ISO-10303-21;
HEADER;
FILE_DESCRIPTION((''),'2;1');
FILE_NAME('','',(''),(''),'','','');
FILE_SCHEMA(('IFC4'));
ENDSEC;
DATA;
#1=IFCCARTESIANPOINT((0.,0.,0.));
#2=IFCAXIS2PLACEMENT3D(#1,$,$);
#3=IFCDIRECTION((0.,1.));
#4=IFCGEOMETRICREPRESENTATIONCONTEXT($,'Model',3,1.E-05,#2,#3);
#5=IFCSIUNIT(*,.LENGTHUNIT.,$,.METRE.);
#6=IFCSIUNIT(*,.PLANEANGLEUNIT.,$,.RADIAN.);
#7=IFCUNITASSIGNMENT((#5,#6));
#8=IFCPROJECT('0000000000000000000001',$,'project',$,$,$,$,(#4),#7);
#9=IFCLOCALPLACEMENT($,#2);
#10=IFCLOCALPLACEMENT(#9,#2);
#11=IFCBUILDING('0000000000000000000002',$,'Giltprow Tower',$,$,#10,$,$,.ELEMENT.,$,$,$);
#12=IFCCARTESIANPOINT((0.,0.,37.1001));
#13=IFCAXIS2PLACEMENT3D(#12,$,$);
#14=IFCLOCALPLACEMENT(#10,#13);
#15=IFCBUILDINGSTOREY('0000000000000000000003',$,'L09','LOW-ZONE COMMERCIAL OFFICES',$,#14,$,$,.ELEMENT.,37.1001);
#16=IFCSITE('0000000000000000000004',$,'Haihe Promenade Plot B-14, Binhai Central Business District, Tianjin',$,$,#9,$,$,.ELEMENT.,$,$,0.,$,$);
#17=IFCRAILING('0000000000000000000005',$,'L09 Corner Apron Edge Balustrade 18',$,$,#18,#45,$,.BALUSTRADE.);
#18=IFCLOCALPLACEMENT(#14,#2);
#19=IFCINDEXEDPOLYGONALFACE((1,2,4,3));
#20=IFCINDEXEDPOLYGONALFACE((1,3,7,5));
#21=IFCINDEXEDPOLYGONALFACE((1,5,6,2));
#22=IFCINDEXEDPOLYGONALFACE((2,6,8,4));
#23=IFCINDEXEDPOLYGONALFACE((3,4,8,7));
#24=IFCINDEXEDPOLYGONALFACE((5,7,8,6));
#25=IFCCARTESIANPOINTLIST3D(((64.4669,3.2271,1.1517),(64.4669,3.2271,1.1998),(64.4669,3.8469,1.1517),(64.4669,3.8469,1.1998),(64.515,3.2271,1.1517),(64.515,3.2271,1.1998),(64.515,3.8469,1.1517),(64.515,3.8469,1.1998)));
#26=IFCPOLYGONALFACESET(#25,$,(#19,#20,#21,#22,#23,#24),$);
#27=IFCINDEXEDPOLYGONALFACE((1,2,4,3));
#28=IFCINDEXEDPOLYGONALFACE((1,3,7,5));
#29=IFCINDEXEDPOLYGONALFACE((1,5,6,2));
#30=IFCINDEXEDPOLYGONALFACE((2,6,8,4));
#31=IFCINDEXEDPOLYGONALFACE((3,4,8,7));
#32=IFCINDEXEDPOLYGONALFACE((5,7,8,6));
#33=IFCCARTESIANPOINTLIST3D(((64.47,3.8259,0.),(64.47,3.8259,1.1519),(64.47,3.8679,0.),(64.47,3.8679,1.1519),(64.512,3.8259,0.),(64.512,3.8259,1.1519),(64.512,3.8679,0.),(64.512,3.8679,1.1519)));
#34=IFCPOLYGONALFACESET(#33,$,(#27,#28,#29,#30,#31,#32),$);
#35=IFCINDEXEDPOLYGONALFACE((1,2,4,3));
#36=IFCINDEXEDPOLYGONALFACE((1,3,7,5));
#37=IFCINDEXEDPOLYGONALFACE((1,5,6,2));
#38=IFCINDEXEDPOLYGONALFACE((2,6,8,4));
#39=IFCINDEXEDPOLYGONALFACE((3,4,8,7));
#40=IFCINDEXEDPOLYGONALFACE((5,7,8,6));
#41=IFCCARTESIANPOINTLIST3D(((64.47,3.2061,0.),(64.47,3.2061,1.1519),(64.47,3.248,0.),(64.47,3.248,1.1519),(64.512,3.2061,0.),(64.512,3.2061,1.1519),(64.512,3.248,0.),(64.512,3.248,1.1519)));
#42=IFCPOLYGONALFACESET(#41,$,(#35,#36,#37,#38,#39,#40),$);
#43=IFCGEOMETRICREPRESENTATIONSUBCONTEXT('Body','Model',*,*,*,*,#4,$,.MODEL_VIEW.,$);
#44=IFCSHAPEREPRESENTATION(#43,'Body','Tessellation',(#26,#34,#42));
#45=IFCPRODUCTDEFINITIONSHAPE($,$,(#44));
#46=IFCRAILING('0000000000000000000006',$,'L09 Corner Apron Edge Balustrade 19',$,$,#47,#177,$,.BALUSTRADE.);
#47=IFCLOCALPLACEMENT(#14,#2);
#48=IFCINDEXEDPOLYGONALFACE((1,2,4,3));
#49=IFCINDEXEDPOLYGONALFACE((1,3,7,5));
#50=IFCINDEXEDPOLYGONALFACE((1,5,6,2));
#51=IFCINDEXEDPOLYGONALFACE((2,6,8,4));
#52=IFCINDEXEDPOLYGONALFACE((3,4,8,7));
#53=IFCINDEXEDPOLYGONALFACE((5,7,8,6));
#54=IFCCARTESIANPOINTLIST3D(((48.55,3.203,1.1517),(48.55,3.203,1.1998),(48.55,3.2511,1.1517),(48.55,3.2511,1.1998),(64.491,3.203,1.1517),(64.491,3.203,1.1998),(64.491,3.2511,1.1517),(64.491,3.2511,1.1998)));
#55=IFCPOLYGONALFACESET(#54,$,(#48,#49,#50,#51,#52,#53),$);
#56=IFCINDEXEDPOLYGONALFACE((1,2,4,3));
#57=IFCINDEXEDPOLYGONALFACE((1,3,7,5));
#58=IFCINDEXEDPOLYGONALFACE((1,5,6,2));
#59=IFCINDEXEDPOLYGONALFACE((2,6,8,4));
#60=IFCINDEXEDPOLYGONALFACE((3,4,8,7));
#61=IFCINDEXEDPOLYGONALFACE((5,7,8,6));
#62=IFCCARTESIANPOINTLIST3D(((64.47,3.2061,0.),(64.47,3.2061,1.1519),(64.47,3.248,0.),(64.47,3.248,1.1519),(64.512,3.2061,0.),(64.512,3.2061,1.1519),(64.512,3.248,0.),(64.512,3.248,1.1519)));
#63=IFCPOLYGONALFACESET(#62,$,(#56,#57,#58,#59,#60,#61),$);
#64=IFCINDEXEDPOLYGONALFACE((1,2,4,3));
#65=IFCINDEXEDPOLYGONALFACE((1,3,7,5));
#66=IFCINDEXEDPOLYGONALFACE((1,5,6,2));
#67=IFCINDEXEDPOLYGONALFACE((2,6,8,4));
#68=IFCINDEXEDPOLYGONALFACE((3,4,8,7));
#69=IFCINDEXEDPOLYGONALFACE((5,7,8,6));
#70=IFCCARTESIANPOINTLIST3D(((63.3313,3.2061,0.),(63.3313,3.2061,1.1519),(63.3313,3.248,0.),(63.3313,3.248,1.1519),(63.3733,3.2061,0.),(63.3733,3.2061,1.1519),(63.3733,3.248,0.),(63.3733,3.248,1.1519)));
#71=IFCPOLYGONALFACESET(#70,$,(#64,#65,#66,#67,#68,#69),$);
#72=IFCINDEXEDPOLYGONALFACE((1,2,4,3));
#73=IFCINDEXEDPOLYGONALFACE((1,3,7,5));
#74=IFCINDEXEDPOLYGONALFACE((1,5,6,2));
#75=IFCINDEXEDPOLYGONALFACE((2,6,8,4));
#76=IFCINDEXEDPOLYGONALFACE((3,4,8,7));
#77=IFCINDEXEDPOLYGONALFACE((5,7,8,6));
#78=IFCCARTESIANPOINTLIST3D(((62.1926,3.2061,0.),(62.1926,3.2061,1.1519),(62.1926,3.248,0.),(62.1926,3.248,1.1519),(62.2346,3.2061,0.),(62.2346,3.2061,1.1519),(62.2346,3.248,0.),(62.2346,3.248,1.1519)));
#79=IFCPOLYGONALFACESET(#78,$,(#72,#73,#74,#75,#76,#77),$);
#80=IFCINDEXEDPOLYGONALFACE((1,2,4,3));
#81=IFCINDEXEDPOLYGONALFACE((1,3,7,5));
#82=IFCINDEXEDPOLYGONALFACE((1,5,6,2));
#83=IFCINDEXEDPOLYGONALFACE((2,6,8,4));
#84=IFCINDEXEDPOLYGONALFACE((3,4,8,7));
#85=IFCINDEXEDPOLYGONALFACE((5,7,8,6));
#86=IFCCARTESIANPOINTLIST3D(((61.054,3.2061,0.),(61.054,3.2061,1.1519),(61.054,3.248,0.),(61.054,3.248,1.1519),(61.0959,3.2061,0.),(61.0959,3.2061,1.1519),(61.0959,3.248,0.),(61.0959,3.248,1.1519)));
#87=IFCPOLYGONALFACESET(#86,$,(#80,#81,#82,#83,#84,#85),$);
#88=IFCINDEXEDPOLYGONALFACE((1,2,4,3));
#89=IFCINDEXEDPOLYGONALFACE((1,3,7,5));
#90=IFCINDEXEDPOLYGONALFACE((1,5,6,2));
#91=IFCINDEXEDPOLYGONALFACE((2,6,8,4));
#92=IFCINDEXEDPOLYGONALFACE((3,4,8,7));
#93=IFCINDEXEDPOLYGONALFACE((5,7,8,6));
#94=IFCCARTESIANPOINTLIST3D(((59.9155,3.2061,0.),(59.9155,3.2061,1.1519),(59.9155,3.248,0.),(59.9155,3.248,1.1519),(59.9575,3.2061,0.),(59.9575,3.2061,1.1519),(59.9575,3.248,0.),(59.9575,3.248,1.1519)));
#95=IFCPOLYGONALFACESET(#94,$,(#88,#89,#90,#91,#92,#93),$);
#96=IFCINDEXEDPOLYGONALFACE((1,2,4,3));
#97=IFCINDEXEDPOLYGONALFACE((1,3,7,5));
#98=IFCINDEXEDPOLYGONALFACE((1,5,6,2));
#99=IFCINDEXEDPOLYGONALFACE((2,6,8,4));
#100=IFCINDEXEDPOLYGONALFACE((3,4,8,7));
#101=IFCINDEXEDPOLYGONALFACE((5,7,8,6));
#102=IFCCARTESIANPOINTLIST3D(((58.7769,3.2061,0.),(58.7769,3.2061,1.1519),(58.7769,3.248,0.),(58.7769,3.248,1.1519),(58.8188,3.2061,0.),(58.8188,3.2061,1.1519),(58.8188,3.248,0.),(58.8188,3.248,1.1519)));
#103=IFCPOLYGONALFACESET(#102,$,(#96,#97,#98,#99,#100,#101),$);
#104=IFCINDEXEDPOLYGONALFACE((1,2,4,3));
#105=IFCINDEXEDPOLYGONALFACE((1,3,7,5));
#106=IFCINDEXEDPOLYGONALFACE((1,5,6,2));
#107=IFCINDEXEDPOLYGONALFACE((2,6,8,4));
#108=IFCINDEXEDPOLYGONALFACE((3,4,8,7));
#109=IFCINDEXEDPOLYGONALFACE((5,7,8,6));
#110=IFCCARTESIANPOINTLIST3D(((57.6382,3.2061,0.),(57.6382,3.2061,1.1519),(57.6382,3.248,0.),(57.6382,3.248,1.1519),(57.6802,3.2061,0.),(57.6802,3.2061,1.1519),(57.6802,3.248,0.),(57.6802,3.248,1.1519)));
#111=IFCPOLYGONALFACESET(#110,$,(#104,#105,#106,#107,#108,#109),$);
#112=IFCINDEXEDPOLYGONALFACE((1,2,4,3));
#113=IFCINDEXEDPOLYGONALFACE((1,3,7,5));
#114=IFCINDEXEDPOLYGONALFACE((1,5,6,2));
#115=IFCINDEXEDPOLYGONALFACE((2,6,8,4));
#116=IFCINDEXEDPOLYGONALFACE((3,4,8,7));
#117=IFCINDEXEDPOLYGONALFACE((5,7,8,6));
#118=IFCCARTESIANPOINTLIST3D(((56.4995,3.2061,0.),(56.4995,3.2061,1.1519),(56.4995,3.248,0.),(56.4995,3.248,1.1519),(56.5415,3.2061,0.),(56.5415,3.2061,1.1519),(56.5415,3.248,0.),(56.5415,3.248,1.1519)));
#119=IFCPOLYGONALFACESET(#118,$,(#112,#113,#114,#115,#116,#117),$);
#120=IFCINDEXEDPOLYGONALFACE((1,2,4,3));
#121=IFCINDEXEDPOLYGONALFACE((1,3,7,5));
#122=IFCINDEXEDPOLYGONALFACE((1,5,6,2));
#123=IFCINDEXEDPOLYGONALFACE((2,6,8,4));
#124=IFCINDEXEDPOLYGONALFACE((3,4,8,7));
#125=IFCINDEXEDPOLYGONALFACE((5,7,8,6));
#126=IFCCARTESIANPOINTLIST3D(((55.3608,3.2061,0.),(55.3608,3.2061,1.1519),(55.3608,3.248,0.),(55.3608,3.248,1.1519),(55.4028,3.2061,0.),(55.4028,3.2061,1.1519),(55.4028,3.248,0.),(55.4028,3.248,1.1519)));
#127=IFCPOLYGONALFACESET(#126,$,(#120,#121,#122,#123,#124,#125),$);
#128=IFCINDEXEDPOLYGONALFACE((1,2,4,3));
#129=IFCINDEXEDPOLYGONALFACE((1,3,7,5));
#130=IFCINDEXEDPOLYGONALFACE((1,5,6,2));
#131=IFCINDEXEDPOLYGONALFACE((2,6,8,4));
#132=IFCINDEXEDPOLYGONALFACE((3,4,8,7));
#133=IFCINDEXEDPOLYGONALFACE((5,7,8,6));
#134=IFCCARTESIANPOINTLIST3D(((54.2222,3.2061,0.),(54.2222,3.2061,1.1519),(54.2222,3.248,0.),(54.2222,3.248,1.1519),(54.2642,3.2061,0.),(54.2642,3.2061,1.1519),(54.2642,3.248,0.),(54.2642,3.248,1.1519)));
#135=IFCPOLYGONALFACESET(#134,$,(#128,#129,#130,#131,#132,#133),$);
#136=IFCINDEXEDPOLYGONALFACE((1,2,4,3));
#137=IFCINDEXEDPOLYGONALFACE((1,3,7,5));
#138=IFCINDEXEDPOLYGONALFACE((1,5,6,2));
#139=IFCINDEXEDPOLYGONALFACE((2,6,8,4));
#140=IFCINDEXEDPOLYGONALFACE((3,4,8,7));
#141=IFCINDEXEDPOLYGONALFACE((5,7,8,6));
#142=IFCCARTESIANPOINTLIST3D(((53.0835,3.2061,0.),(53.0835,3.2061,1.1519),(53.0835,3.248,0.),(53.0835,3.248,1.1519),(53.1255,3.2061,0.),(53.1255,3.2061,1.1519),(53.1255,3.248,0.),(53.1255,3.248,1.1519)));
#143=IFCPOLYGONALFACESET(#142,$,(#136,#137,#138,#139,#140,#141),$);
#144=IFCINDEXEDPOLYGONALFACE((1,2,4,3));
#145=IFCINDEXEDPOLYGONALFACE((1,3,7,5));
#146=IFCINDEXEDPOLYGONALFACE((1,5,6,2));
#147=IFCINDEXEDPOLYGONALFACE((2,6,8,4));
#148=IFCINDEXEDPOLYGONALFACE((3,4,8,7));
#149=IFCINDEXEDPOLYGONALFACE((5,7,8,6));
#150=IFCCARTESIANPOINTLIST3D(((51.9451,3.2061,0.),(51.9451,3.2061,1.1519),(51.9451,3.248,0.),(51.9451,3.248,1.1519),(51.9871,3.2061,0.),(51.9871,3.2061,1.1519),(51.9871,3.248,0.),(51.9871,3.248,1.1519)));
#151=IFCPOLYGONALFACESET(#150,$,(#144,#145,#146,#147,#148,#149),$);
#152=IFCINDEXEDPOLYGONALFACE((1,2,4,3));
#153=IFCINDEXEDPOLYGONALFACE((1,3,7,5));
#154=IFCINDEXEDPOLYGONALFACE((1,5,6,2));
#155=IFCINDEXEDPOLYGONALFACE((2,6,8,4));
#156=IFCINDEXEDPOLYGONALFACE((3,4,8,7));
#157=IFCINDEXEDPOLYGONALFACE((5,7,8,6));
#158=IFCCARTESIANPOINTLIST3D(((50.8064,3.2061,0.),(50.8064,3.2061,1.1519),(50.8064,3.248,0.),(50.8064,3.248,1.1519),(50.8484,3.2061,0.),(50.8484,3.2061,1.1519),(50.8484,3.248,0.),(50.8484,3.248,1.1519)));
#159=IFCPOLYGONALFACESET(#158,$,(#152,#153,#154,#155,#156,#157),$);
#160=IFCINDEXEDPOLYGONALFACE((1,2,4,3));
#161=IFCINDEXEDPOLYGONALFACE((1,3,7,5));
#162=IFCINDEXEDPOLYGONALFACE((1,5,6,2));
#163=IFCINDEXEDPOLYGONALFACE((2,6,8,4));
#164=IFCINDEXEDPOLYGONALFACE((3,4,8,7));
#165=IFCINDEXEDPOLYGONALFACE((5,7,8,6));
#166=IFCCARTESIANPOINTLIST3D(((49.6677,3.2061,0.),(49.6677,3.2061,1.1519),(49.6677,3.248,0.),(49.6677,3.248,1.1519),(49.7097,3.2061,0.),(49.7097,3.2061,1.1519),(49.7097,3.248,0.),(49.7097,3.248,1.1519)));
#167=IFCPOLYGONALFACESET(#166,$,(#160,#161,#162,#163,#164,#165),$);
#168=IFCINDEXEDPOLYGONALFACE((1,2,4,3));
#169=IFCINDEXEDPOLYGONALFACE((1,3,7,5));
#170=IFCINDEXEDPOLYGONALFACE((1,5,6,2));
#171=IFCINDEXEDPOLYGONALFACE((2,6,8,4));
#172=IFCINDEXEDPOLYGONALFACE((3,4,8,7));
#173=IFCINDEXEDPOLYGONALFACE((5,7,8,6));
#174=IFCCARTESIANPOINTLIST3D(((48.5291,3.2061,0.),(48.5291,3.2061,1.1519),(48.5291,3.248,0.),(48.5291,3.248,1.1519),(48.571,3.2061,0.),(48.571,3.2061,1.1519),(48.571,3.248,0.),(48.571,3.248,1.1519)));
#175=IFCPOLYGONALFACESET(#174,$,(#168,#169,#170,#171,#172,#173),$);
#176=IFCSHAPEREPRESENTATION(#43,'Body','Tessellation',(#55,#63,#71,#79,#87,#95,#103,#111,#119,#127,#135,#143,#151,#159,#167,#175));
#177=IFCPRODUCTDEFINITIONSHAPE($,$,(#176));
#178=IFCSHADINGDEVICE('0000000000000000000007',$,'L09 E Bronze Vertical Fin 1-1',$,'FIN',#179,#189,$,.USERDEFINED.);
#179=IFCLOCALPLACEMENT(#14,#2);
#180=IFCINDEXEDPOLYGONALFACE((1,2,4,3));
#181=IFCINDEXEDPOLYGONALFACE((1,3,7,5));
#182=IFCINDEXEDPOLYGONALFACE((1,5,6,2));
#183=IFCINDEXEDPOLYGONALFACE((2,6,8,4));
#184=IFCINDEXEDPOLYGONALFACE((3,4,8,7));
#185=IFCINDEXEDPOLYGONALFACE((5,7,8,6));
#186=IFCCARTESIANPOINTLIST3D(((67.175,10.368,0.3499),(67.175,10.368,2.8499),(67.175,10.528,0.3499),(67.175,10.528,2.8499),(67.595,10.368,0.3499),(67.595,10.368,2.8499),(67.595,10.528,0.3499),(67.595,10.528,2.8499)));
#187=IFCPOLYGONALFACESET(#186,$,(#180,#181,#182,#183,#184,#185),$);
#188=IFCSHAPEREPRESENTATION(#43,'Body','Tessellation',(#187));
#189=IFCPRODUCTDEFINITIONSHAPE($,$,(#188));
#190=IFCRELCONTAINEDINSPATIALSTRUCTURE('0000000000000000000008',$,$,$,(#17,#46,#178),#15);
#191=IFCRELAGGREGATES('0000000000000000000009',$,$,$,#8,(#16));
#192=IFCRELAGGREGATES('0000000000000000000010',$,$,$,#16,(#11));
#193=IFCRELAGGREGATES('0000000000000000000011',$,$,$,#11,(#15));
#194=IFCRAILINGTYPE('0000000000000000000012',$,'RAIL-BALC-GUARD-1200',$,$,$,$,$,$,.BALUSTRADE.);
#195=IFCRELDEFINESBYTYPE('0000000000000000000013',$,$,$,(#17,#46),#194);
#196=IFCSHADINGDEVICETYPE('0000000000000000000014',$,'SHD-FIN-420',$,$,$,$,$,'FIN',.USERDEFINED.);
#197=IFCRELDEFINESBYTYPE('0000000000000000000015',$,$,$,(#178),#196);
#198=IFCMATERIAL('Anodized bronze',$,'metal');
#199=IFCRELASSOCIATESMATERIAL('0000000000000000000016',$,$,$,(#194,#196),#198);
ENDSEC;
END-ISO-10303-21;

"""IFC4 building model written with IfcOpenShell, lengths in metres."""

from ifc_helpers import new_model, si_unit, direction, frame, origin, origin_2d, place, context, subcontext, project, spatial, rectangle, extrude, source, transform, mapped, material, type_object, element, save


model = new_model("IFC4")

# Units and contexts
model_context = context("Model", 3, precision=1e-05, world=origin(), true_north=direction((0.0, 1.0)))
body_context = subcontext(model_context, "Body", "Model", "MODEL_VIEW")
ifc_project = project(units=[si_unit("LENGTHUNIT", "METRE"), si_unit("PLANEANGLEUNIT", "RADIAN")], contexts=[model_context])

# Site, building, storey
site_placement = place(None, origin())
site = spatial("IfcSite", under=ifc_project, at=site_placement, Name="Haihe Promenade Plot B-14, Binhai Central Business District, Tianjin", CompositionType="ELEMENT", RefElevation=0.0)
building_placement = place(site_placement, origin())
building = spatial("IfcBuilding", under=site, at=building_placement, Name="Giltprow Tower", CompositionType="ELEMENT")
storey_placement = place(building_placement, frame((0.0, 0.0, 37.1001)))
storey = spatial("IfcBuildingStorey", under=building, at=storey_placement, Name="L09", Description="LOW-ZONE COMMERCIAL OFFICES", CompositionType="ELEMENT", Elevation=37.1001)

# Shared definitions
ifc_material_1 = material(Name="Anodized bronze", Category="metal")

# Railings
railing_type = type_object("IfcRailingType", Name="RAIL-BALC-GUARD-1200", PredefinedType="BALUSTRADE", material=ifc_material_1)
railing_1_placement = place(storey_placement, frame((64.491, 3.8469, 0.0)))
element("IfcRailing", 1, at=railing_1_placement, inside=storey, type_object=railing_type, Name="L09 Corner Apron Edge Balustrade 18", PredefinedType="BALUSTRADE", context=body_context, shape_type="SweptSolid", body=[
    extrude(rectangle(XDim=0.0481, YDim=0.0481, at=origin_2d()), frame((0.0, 0.0, 1.1758), z_axis=(0.0, -1.0, 0.0), x_axis=(1.0, 0.0, 0.0)), (0.0, 0.0, 1.0), 0.6199),
    extrude(rectangle(XDim=0.042, YDim=0.042, at=origin_2d()), origin(), (0.0, 0.0, 1.0), 1.1519),
    extrude(rectangle(XDim=0.042, YDim=0.042, at=origin_2d()), frame((0.0, -0.6199, 0.0)), (0.0, 0.0, 1.0), 1.1519),
])
railing_2_placement = place(storey_placement, frame((64.491, 3.2271, 0.0)))
element("IfcRailing", 2, at=railing_2_placement, inside=storey, type_object=railing_type, Name="L09 Corner Apron Edge Balustrade 19", PredefinedType="BALUSTRADE", context=body_context, shape_type="SweptSolid", body=[
    extrude(rectangle(XDim=0.0481, YDim=0.0481, at=origin_2d()), frame((0.0, 0.0, 1.1758), z_axis=(-1.0, 0.0, 0.0), x_axis=(0.0, -1.0, 0.0)), (0.0, 0.0, 1.0), 15.9409),
    extrude(rectangle(XDim=0.042, YDim=0.042, at=origin_2d()), origin(), (0.0, 0.0, 1.0), 1.1519),
    extrude(rectangle(XDim=0.042, YDim=0.042, at=origin_2d()), frame((-1.1387, 0.0, 0.0)), (0.0, 0.0, 1.0), 1.1519),
    extrude(rectangle(XDim=0.042, YDim=0.042, at=origin_2d()), frame((-2.2773, 0.0, 0.0)), (0.0, 0.0, 1.0), 1.1519),
    extrude(rectangle(XDim=0.042, YDim=0.042, at=origin_2d()), frame((-3.416, 0.0, 0.0)), (0.0, 0.0, 1.0), 1.1519),
    extrude(rectangle(XDim=0.042, YDim=0.042, at=origin_2d()), frame((-4.5544, 0.0, 0.0)), (0.0, 0.0, 1.0), 1.1519),
    extrude(rectangle(XDim=0.042, YDim=0.042, at=origin_2d()), frame((-5.6931, 0.0, 0.0)), (0.0, 0.0, 1.0), 1.1519),
    extrude(rectangle(XDim=0.042, YDim=0.042, at=origin_2d()), frame((-6.8318, 0.0, 0.0)), (0.0, 0.0, 1.0), 1.1519),
    extrude(rectangle(XDim=0.042, YDim=0.042, at=origin_2d()), frame((-7.9705, 0.0, 0.0)), (0.0, 0.0, 1.0), 1.1519),
    extrude(rectangle(XDim=0.042, YDim=0.042, at=origin_2d()), frame((-9.1091, 0.0, 0.0)), (0.0, 0.0, 1.0), 1.1519),
    extrude(rectangle(XDim=0.042, YDim=0.042, at=origin_2d()), frame((-10.2478, 0.0, 0.0)), (0.0, 0.0, 1.0), 1.1519),
    extrude(rectangle(XDim=0.042, YDim=0.042, at=origin_2d()), frame((-11.3865, 0.0, 0.0)), (0.0, 0.0, 1.0), 1.1519),
    extrude(rectangle(XDim=0.042, YDim=0.042, at=origin_2d()), frame((-12.5249, 0.0, 0.0)), (0.0, 0.0, 1.0), 1.1519),
    extrude(rectangle(XDim=0.042, YDim=0.042, at=origin_2d()), frame((-13.6636, 0.0, 0.0)), (0.0, 0.0, 1.0), 1.1519),
    extrude(rectangle(XDim=0.042, YDim=0.042, at=origin_2d()), frame((-14.8022, 0.0, 0.0)), (0.0, 0.0, 1.0), 1.1519),
    extrude(rectangle(XDim=0.042, YDim=0.042, at=origin_2d()), frame((-15.9409, 0.0, 0.0)), (0.0, 0.0, 1.0), 1.1519),
])

# Shading device
shading_device_type = type_object("IfcShadingDeviceType", Name="SHD-FIN-420", ElementType="FIN", PredefinedType="USERDEFINED", material=ifc_material_1)
shared_shape_1 = source(origin(), body_context, "Body", "SweptSolid", [
    extrude(rectangle(XDim=0.4199, YDim=0.1599, at=origin_2d()), origin(), (0.0, 0.0, 1.0), 2.5),
])
shading_device_placement = place(storey_placement, frame((67.385, 10.448, 0.3499), z_axis=(0.0, 0.0, 1.0), x_axis=(1.0, 0.0, 0.0)))
element("IfcShadingDevice", 3, at=shading_device_placement, inside=storey, type_object=shading_device_type, Name="L09 E Bronze Vertical Fin 1-1", ObjectType="FIN", PredefinedType="USERDEFINED", context=body_context, shape_type="MappedRepresentation", body=[
    mapped(shared_shape_1, transform((0.0, 0.0, 0.0), x_axis=(1.0, 0.0, 0.0), y_axis=(0.0, 1.0, 0.0), z_axis=(0.0, 0.0, 1.0), scale=1.0)),
])

save(model, "model.ifc")
